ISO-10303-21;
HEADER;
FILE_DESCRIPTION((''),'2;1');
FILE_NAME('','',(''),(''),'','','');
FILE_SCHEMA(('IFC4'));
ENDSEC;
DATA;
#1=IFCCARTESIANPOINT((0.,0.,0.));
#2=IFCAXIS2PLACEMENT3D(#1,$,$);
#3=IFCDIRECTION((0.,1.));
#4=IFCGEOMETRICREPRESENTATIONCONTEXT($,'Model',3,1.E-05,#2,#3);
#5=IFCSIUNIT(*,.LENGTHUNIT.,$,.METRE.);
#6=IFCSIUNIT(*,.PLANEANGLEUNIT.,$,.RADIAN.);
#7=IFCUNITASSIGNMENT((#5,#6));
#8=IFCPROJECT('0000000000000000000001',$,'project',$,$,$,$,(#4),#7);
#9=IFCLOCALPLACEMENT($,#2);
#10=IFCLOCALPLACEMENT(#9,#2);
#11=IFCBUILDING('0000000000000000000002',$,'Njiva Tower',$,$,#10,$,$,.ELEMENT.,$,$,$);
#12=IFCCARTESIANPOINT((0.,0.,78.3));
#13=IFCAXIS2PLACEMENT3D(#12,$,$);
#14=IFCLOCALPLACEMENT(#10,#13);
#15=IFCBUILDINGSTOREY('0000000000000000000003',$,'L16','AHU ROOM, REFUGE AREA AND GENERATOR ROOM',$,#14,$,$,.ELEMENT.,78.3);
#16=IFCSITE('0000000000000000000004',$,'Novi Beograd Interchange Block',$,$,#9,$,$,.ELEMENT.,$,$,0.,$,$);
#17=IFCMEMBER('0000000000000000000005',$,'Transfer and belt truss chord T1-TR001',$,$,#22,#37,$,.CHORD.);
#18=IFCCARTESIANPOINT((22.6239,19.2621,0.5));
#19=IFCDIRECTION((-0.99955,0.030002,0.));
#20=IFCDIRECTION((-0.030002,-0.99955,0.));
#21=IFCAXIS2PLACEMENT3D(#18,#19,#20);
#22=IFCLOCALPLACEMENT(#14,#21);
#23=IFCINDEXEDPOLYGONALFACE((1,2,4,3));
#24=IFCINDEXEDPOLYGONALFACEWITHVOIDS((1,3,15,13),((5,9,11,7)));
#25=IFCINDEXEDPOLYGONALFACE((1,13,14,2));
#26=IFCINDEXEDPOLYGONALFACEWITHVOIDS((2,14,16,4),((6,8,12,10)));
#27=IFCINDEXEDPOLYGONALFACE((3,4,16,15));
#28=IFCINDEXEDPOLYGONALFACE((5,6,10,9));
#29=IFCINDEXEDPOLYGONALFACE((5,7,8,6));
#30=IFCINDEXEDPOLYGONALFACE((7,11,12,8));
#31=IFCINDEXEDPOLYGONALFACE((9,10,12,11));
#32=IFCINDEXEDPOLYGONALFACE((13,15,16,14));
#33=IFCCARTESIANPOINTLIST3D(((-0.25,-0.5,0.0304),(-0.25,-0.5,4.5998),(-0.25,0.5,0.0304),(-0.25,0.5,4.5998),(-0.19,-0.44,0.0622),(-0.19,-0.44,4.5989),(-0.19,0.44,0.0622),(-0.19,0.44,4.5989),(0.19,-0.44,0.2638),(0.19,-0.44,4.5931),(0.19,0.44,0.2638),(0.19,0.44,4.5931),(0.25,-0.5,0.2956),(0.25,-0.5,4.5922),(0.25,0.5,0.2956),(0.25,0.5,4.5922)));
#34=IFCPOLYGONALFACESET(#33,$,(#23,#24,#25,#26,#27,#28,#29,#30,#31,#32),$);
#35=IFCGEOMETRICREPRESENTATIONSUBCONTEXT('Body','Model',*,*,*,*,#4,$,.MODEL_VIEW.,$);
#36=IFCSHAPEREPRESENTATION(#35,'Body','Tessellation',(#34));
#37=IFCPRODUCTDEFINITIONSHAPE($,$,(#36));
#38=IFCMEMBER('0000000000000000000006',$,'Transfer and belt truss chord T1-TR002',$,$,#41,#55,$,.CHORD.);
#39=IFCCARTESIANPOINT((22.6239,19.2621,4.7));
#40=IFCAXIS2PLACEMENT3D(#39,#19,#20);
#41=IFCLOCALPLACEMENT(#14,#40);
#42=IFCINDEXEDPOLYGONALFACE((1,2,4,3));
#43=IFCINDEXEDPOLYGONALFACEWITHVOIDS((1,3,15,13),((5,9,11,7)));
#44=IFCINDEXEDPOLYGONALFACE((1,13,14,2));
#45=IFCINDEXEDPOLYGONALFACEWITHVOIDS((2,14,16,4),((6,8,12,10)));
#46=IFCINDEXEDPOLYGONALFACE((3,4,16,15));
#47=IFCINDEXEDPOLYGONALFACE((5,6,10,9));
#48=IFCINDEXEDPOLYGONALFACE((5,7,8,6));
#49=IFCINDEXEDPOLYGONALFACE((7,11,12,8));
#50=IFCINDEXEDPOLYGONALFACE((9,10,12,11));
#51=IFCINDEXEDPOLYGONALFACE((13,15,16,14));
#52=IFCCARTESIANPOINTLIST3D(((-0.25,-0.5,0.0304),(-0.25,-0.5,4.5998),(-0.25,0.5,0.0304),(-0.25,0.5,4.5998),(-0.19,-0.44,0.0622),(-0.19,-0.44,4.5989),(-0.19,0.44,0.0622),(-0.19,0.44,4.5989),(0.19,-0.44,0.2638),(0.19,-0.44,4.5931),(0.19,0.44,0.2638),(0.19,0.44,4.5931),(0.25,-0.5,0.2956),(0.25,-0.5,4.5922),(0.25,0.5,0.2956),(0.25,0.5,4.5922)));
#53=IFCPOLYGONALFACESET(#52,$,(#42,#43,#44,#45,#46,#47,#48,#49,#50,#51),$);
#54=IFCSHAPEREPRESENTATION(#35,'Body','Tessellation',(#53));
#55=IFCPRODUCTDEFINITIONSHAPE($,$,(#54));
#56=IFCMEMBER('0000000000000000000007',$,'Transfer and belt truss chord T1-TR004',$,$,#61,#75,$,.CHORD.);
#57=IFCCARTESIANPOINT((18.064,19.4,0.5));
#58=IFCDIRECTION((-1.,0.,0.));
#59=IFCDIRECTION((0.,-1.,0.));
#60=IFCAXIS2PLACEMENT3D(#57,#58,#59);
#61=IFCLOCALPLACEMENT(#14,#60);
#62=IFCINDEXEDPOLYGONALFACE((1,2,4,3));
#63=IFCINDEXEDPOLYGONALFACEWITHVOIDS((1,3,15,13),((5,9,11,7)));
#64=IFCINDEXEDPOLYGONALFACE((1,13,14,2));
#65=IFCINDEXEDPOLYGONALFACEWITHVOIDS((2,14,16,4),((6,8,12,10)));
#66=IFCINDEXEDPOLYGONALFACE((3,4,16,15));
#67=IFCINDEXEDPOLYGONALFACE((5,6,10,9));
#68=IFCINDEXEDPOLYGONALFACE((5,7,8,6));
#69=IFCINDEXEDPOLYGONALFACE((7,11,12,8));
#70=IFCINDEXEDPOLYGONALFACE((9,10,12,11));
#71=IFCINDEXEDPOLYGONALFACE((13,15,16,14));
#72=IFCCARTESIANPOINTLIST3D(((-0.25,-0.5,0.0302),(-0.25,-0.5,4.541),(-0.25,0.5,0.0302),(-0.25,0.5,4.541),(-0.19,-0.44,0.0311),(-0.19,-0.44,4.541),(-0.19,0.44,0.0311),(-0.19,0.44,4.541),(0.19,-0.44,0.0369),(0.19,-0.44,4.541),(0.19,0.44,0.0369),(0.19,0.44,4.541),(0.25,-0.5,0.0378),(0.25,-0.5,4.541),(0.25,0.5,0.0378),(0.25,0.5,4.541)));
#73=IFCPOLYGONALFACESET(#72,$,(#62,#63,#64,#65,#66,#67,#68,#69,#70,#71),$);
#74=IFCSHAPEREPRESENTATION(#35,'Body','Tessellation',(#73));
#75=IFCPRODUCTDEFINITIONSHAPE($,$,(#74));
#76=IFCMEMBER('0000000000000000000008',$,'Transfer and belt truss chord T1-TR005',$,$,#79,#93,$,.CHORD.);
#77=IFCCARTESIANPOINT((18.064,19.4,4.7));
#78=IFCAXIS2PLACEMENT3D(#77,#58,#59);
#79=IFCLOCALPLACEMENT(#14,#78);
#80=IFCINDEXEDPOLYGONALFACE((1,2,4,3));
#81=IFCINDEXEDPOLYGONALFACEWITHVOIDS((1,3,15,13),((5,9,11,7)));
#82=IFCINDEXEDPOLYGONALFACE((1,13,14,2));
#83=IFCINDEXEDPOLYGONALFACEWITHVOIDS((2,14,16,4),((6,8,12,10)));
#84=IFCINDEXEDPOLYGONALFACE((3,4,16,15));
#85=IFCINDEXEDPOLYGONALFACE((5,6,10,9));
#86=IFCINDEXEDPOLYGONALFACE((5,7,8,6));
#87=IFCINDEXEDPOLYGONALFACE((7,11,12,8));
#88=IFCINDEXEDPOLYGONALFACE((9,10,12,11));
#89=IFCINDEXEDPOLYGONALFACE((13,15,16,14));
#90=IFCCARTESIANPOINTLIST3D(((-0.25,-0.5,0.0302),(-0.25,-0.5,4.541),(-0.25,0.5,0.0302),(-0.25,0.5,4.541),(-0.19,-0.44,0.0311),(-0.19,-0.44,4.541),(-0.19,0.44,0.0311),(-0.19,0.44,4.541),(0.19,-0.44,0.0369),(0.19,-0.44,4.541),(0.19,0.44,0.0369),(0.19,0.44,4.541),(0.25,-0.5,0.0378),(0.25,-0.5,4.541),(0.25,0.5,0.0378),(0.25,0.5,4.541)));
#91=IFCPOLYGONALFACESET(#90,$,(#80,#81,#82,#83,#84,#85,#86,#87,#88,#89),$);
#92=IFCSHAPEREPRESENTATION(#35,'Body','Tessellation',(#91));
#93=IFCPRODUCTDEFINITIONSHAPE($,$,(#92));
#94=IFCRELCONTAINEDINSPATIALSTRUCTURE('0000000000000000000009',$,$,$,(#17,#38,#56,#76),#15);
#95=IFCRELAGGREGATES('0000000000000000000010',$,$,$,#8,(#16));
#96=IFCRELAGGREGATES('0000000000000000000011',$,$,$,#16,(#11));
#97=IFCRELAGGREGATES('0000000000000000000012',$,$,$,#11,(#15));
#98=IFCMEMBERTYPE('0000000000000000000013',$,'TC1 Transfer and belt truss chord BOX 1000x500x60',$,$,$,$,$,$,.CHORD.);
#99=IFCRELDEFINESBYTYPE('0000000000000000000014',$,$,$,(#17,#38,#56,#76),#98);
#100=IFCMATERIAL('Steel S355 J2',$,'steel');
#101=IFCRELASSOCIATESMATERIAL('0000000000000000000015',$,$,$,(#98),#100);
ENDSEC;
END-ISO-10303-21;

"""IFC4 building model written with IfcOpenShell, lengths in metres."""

from ifc_helpers import new_model, si_unit, direction, frame, origin, origin_2d, place, context, subcontext, project, spatial, hollow_rectangle, extrude, clip, halfspace, material, material_profile, profile_set, type_object, element, save


model = new_model("IFC4")

# Units and contexts
model_context = context("Model", 3, precision=1e-05, world=origin(), true_north=direction((0.0, 1.0)))
body_context = subcontext(model_context, "Body", "Model", "MODEL_VIEW")
ifc_project = project(units=[si_unit("LENGTHUNIT", "METRE"), si_unit("PLANEANGLEUNIT", "RADIAN")], contexts=[model_context])

# Site, building, storey
site_placement = place(None, origin())
site = spatial("IfcSite", under=ifc_project, at=site_placement, Name="Novi Beograd Interchange Block", CompositionType="ELEMENT", RefElevation=0.0)
building_placement = place(site_placement, origin())
building = spatial("IfcBuilding", under=site, at=building_placement, Name="Njiva Tower", CompositionType="ELEMENT")
storey_placement = place(building_placement, frame((0.0, 0.0, 78.3)))
storey = spatial("IfcBuildingStorey", under=building, at=storey_placement, Name="L16", Description="AHU ROOM, REFUGE AREA AND GENERATOR ROOM", CompositionType="ELEMENT", Elevation=78.3)

# Shared definitions
ifc_material_1 = material(Name="Steel S355 J2", Category="steel")

# Members
ifc_material_profile_1 = material_profile(ifc_material_1, hollow_rectangle(XDim=0.5, YDim=1.0, WallThickness=0.06, at=origin_2d()), Name="BOX 1000x500x60")
ifc_profile_set_1 = profile_set([ifc_material_profile_1], Name="Steel S355 J2")
member_type_1 = type_object("IfcMemberType", Name="TC1 Transfer and belt truss chord BOX 1000x500x60", PredefinedType="CHORD", material=ifc_profile_set_1)
member_1_placement = place(storey_placement, frame((22.6239, 19.2621, 0.5), z_axis=(-0.99955, 0.030002, 0.0), x_axis=(-0.030002, -0.99955, 0.0)))
element("IfcMember", 1, at=member_1_placement, inside=storey, type_object=member_type_1, Name="Transfer and belt truss chord T1-TR001", PredefinedType="CHORD", context=body_context, shape_type="Clipping", body=[
    clip(clip(extrude(hollow_rectangle(XDim=0.5, YDim=1.0, WallThickness=0.06, at=origin_2d()), origin(), (0.0, 0.0, 1.0), 4.63), halfspace(frame((0.0, -78.8, 0.163), z_axis=(0.468607, 0.0, -0.883407), x_axis=(0.0, -1.0, 0.0)), False)), halfspace(frame((0.0, -78.8, 4.596), z_axis=(0.015006, 0.0, 0.999887), x_axis=(0.0, 1.0, 0.0)), False)),
])
member_2_placement = place(storey_placement, frame((22.6239, 19.2621, 4.7), z_axis=(-0.99955, 0.030002, 0.0), x_axis=(-0.030002, -0.99955, 0.0)))
element("IfcMember", 2, at=member_2_placement, inside=storey, type_object=member_type_1, Name="Transfer and belt truss chord T1-TR002", PredefinedType="CHORD", context=body_context, shape_type="Clipping", body=[
    clip(clip(extrude(hollow_rectangle(XDim=0.5, YDim=1.0, WallThickness=0.06, at=origin_2d()), origin(), (0.0, 0.0, 1.0), 4.63), halfspace(frame((0.0, -83.0, 0.163), z_axis=(0.468607, 0.0, -0.883407), x_axis=(0.0, -1.0, 0.0)), False)), halfspace(frame((0.0, -83.0, 4.596), z_axis=(0.015006, 0.0, 0.999887), x_axis=(0.0, 1.0, 0.0)), False)),
])
member_3_placement = place(storey_placement, frame((18.064, 19.4, 0.5), z_axis=(-1.0, 0.0, 0.0), x_axis=(0.0, -1.0, 0.0)))
element("IfcMember", 3, at=member_3_placement, inside=storey, type_object=member_type_1, Name="Transfer and belt truss chord T1-TR004", PredefinedType="CHORD", context=body_context, shape_type="Clipping", body=[
    clip(extrude(hollow_rectangle(XDim=0.5, YDim=1.0, WallThickness=0.06, at=origin_2d()), origin(), (0.0, 0.0, 1.0), 4.541), halfspace(frame((0.0, -78.8, 0.034), z_axis=(0.015, 0.0, -0.999887), x_axis=(0.0, -1.0, 0.0)), False)),
])
member_4_placement = place(storey_placement, frame((18.064, 19.4, 4.7), z_axis=(-1.0, 0.0, 0.0), x_axis=(0.0, -1.0, 0.0)))
element("IfcMember", 4, at=member_4_placement, inside=storey, type_object=member_type_1, Name="Transfer and belt truss chord T1-TR005", PredefinedType="CHORD", context=body_context, shape_type="Clipping", body=[
    clip(extrude(hollow_rectangle(XDim=0.5, YDim=1.0, WallThickness=0.06, at=origin_2d()), origin(), (0.0, 0.0, 1.0), 4.541), halfspace(frame((0.0, -83.0, 0.034), z_axis=(0.015, 0.0, -0.999887), x_axis=(0.0, -1.0, 0.0)), False)),
])

save(model, "model.ifc")
